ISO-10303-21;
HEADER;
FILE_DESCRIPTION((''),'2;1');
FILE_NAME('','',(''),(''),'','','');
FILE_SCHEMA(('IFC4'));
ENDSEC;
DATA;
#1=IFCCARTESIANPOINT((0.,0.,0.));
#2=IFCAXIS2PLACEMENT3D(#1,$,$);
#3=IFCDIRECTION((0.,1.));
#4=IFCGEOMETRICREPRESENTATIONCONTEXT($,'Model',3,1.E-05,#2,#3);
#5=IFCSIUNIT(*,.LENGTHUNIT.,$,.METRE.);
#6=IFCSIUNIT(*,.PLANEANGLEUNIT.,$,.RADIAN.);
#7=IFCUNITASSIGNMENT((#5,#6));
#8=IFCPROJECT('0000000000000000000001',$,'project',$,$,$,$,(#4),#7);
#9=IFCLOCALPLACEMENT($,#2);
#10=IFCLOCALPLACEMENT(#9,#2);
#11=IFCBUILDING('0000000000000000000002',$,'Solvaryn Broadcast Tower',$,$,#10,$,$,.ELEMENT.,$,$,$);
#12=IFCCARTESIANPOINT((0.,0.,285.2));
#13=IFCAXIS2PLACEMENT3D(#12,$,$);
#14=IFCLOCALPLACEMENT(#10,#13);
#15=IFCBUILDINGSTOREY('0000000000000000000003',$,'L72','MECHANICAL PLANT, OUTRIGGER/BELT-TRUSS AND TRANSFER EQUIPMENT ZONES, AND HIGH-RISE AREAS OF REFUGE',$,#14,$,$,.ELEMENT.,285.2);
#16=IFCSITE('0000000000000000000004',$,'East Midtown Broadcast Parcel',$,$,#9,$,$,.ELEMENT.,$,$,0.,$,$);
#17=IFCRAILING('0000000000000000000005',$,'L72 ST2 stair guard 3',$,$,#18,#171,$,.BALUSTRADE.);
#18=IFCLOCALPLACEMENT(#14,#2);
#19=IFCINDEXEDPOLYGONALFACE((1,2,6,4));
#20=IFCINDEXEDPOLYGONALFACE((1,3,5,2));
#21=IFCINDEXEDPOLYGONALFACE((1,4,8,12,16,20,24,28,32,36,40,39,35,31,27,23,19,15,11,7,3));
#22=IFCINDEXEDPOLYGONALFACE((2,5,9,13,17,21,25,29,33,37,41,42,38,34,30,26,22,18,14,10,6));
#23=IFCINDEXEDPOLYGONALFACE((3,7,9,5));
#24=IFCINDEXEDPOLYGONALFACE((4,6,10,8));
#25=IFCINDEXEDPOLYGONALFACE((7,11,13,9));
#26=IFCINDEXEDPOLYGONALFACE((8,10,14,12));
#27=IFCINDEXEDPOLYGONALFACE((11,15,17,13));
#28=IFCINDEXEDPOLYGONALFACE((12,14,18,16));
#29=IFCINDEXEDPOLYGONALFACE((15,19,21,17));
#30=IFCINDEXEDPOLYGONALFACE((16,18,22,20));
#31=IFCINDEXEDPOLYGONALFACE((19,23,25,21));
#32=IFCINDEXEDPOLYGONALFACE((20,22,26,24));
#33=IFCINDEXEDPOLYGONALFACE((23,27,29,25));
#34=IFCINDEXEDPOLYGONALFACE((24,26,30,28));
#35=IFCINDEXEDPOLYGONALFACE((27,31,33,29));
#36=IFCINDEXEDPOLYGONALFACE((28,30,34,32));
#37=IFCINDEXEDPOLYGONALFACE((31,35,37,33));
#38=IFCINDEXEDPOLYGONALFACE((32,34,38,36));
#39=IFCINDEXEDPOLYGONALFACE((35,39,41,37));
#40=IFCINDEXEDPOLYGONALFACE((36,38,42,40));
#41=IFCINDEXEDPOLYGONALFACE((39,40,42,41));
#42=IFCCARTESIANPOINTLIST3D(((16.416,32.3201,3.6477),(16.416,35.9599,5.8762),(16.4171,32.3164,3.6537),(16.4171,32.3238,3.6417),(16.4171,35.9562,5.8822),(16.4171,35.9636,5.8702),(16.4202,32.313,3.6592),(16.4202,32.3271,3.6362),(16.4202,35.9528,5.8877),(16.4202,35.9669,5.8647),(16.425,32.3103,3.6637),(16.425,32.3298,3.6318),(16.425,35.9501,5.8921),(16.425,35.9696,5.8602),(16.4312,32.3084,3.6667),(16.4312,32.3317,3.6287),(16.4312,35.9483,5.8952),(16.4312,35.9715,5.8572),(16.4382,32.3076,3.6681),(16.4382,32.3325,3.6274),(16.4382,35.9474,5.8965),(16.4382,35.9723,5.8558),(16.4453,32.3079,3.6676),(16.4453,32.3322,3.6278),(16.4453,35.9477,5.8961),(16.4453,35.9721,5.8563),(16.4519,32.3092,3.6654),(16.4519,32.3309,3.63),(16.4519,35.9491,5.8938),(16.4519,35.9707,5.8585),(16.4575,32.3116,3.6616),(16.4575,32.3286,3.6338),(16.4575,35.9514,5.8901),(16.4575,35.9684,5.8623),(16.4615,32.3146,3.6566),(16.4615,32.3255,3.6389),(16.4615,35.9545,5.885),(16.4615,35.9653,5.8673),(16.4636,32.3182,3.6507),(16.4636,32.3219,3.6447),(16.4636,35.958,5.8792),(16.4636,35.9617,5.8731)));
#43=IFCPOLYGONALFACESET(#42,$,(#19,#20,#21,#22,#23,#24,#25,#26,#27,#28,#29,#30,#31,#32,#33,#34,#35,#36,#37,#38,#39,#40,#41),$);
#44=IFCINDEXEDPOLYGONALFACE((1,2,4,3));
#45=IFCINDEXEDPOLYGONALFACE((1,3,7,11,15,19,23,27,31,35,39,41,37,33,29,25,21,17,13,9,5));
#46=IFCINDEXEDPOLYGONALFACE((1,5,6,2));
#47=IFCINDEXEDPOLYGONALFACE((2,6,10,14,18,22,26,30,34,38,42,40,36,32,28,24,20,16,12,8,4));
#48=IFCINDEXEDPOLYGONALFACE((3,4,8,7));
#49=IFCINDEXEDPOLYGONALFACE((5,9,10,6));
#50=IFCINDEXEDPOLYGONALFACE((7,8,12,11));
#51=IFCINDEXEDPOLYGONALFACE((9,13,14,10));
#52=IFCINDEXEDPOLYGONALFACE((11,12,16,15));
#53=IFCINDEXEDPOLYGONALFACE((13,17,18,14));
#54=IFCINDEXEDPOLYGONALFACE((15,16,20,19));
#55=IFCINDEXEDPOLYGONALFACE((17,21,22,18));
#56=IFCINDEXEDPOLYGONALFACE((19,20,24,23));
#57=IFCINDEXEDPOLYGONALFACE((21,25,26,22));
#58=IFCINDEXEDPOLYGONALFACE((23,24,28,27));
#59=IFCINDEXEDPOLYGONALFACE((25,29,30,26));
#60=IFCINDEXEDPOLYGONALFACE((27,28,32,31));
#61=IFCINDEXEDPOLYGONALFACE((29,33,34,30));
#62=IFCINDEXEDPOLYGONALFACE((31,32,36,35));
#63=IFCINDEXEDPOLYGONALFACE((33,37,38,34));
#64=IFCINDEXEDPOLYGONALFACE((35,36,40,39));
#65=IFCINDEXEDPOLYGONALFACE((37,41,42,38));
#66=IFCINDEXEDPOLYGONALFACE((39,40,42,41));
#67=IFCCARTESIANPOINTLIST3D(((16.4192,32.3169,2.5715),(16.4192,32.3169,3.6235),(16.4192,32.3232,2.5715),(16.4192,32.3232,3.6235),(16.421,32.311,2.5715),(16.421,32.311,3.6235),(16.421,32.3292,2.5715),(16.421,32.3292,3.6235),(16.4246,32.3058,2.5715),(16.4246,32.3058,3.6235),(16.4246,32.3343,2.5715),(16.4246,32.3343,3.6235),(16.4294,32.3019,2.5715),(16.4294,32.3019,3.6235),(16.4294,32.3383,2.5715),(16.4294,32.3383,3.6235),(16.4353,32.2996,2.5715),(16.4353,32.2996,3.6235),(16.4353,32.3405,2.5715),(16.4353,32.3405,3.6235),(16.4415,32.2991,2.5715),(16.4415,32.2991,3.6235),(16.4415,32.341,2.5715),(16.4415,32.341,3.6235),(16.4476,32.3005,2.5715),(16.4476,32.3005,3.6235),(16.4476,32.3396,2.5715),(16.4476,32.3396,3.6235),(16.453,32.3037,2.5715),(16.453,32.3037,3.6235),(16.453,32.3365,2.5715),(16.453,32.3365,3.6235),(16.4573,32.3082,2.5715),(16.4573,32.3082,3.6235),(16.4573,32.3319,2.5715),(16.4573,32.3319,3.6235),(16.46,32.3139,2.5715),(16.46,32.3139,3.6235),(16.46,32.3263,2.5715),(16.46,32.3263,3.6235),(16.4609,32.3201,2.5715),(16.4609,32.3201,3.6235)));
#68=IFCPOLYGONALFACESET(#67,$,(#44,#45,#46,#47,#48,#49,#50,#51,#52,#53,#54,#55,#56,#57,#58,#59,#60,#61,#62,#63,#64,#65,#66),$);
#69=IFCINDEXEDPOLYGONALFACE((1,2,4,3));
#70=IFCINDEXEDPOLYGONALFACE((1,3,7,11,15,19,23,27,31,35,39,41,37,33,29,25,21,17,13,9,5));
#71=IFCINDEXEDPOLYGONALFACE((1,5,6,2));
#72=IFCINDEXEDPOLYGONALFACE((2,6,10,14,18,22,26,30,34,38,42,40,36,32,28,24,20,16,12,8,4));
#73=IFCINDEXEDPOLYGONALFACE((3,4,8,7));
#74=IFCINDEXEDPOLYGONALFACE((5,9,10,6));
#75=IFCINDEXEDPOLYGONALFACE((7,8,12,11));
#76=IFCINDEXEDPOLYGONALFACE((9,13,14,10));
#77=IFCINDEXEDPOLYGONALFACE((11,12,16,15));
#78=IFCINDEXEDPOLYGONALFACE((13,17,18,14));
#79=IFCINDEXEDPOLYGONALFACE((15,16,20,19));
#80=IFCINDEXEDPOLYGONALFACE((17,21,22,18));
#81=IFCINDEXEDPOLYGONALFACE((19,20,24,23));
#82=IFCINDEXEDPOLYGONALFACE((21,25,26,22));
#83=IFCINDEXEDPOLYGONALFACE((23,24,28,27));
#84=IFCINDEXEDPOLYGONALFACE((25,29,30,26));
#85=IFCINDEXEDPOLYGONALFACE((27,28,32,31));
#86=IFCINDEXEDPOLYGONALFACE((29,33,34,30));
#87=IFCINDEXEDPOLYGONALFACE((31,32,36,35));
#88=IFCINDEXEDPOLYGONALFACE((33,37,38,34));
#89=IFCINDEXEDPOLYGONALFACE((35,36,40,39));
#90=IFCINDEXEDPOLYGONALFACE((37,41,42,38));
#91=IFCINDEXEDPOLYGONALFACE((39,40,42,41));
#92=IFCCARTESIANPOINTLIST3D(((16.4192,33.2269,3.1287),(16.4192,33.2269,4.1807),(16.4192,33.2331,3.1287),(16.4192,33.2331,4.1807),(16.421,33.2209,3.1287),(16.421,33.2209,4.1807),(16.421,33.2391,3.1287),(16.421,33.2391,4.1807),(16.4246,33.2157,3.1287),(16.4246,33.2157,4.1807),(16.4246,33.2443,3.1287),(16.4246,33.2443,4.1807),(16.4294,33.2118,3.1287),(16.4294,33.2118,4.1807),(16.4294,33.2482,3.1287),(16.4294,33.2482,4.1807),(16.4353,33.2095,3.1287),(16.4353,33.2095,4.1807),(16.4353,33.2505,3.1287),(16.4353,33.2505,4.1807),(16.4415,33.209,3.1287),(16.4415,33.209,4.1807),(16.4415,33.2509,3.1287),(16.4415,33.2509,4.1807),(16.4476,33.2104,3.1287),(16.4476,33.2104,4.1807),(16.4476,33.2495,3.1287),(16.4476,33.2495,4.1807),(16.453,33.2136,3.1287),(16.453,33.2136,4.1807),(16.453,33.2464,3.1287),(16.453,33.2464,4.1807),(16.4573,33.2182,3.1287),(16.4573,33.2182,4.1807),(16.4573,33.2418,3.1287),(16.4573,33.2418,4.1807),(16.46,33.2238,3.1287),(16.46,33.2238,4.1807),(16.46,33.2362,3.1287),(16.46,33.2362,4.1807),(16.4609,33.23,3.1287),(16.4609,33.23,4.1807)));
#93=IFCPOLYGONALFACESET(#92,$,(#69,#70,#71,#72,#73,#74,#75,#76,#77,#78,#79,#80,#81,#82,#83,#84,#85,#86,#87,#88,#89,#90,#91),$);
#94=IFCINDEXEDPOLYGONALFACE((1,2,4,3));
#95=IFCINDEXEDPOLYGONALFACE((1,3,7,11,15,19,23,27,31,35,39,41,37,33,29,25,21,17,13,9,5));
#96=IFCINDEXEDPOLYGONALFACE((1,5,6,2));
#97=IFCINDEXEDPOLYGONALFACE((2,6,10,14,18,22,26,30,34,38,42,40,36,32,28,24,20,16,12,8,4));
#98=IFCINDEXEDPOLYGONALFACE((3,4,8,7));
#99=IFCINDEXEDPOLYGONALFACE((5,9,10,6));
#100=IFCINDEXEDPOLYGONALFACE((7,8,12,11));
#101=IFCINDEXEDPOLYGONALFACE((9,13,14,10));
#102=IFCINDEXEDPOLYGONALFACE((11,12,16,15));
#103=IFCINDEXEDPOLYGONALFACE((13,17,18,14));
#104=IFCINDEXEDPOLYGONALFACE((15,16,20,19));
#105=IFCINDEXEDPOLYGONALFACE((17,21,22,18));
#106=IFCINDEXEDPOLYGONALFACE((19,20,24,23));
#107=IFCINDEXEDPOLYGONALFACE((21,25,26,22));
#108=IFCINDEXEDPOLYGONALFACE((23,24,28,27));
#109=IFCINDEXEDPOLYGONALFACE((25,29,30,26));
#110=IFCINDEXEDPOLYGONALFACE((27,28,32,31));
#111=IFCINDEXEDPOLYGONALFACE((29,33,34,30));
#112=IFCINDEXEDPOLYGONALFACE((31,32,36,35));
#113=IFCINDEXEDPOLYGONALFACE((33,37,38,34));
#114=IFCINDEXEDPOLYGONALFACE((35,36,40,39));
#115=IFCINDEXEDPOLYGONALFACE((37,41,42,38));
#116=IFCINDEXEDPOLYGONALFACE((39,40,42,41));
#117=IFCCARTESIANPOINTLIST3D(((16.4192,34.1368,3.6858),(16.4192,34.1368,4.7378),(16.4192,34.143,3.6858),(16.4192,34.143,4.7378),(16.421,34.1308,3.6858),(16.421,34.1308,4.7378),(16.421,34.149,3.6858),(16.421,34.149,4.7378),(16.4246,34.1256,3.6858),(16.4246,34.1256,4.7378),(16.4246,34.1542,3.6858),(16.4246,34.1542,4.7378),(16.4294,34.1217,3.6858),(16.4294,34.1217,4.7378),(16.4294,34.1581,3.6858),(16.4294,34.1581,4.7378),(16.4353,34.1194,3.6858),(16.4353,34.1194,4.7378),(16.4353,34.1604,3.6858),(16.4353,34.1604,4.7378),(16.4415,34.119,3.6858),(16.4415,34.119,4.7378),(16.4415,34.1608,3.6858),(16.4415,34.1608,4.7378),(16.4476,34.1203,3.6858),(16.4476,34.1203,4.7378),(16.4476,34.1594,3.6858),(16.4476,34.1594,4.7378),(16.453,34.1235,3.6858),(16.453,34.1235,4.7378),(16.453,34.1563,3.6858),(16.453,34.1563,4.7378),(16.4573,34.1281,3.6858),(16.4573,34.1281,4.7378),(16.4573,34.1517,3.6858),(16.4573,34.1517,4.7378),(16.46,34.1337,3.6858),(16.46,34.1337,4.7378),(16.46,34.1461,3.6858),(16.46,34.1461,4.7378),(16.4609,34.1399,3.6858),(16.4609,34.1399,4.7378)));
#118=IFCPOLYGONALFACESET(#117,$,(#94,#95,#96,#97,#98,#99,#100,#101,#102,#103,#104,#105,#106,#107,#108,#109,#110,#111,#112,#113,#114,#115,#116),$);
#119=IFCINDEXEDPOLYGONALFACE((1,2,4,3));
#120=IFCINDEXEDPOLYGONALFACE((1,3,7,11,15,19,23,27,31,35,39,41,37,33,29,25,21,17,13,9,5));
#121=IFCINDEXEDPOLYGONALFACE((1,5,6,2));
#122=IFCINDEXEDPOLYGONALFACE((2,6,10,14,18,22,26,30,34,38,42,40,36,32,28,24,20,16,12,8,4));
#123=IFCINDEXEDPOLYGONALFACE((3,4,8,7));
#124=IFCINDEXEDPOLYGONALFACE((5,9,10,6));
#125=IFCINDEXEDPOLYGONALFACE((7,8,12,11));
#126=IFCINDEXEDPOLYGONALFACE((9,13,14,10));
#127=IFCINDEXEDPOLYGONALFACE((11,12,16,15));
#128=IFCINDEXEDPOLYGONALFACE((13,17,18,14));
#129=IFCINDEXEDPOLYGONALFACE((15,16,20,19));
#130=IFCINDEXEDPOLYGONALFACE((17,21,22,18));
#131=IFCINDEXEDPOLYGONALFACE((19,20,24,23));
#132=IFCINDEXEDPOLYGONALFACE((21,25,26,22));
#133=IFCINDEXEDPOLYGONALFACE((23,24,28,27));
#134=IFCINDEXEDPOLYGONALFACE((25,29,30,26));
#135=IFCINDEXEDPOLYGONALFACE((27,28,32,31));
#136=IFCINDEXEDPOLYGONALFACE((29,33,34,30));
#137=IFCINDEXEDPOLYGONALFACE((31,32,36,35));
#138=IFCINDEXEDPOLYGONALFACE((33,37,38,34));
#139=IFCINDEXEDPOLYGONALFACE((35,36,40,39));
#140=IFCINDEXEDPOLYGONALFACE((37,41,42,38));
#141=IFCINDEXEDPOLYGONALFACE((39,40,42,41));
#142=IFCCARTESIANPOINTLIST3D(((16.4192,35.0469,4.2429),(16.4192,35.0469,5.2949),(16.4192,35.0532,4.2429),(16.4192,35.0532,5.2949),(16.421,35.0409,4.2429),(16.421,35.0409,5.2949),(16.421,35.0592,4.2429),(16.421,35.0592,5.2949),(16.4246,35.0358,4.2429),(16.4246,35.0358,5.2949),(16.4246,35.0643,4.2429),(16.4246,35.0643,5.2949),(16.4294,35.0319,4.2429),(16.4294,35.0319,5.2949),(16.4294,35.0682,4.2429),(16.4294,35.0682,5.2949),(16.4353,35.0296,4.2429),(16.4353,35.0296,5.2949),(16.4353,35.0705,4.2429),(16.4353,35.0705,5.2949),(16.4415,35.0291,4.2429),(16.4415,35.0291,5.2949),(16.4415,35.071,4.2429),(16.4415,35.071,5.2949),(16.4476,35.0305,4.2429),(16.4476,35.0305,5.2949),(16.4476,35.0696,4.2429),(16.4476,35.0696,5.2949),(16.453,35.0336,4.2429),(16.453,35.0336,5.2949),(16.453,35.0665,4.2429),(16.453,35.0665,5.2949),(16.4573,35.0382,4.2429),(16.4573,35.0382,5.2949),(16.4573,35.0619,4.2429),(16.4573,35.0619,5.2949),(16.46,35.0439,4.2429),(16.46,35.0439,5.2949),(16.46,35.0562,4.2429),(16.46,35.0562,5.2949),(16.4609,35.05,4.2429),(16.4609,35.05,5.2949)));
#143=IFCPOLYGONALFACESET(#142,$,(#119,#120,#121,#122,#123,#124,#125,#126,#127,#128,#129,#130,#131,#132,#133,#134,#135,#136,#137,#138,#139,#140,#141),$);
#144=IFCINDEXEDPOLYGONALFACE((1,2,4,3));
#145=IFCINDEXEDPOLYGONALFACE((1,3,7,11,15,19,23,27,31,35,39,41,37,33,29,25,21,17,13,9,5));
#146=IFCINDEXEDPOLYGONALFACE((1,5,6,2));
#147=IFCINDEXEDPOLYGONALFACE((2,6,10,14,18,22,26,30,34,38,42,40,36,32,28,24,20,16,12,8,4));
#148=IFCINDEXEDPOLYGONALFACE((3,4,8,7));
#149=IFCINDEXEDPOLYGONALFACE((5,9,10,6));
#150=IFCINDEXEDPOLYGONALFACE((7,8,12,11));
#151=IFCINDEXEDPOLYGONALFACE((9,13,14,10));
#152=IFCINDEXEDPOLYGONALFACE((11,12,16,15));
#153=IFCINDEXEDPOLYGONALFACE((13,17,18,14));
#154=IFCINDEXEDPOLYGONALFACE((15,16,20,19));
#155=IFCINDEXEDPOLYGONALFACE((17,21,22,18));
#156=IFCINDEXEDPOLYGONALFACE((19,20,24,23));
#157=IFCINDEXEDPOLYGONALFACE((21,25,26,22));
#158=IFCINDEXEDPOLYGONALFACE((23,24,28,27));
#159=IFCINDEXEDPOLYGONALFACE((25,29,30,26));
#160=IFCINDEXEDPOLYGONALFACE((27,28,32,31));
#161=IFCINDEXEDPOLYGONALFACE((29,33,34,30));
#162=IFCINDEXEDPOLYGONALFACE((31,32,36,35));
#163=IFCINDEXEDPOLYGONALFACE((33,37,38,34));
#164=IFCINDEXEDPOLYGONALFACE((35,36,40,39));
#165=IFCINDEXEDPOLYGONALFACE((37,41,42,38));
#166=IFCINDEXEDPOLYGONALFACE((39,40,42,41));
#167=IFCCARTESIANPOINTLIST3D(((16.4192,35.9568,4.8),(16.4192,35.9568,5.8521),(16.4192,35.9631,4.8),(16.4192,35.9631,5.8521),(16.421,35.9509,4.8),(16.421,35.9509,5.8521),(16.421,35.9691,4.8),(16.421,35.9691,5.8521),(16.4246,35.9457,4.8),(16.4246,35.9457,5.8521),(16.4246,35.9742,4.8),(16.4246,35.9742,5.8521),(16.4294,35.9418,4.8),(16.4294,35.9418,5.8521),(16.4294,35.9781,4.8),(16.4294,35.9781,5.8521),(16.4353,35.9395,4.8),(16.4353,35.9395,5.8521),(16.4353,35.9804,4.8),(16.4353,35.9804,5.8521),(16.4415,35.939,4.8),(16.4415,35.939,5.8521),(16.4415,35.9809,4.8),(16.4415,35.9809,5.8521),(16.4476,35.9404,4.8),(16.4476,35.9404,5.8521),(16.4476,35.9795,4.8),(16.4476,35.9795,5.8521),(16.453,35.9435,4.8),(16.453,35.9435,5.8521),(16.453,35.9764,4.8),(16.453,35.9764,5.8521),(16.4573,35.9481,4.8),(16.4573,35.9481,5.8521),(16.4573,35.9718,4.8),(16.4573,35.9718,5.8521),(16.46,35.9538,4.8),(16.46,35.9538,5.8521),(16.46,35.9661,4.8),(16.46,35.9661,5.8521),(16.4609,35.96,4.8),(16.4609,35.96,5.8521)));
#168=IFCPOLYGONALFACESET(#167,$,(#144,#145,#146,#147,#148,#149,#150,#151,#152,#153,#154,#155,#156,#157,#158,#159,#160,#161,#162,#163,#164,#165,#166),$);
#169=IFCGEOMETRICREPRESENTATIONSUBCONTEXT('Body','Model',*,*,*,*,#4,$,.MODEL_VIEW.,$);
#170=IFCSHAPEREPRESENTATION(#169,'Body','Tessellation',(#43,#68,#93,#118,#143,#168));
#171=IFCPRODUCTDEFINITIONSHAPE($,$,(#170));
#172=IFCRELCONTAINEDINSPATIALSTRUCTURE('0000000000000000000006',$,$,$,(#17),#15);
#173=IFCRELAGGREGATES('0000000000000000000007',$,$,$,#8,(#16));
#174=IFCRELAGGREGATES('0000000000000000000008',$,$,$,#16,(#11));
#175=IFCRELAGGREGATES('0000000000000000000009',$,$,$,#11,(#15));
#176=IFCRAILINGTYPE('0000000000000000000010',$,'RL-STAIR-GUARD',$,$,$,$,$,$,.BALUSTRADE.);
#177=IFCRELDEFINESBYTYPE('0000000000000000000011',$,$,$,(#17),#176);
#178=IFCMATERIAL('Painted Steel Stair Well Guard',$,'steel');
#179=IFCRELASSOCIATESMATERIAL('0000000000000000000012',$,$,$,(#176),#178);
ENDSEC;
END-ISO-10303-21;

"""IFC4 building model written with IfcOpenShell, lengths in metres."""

from ifc_helpers import new_model, si_unit, direction, frame, origin, origin_2d, place, context, subcontext, project, spatial, circle, extrude, material, type_object, element, save


model = new_model("IFC4")

# Units and contexts
model_context = context("Model", 3, precision=1e-05, world=origin(), true_north=direction((0.0, 1.0)))
body_context = subcontext(model_context, "Body", "Model", "MODEL_VIEW")
ifc_project = project(units=[si_unit("LENGTHUNIT", "METRE"), si_unit("PLANEANGLEUNIT", "RADIAN")], contexts=[model_context])

# Site, building, storey
site_placement = place(None, origin())
site = spatial("IfcSite", under=ifc_project, at=site_placement, Name="East Midtown Broadcast Parcel", CompositionType="ELEMENT", RefElevation=0.0)
building_placement = place(site_placement, origin())
building = spatial("IfcBuilding", under=site, at=building_placement, Name="Solvaryn Broadcast Tower", CompositionType="ELEMENT")
storey_placement = place(building_placement, frame((0.0, 0.0, 285.2)))
storey = spatial("IfcBuildingStorey", under=building, at=storey_placement, Name="L72", Description="MECHANICAL PLANT, OUTRIGGER/BELT-TRUSS AND TRANSFER EQUIPMENT ZONES, AND HIGH-RISE AREAS OF REFUGE", CompositionType="ELEMENT", Elevation=285.2)

# Railing
ifc_material_1 = material(Name="Painted Steel Stair Well Guard", Category="steel")
railing_type_1 = type_object("IfcRailingType", Name="RL-STAIR-GUARD", PredefinedType="BALUSTRADE", material=ifc_material_1)
railing_1_placement = place(storey_placement, frame((16.4399, 32.3201, 2.5715)))
element("IfcRailing", 1, at=railing_1_placement, inside=storey, type_object=railing_type_1, Name="L72 ST2 stair guard 3", PredefinedType="BALUSTRADE", context=body_context, shape_type="SweptSolid", body=[
    extrude(circle(Radius=0.0239, at=origin_2d()), frame((0.0, 0.0, 1.0762), z_axis=(0.0, 0.85285, 0.522156), x_axis=(-1.0, 0.0, 0.0)), (0.0, 0.0, 1.0), 4.2678),
    extrude(circle(Radius=0.021, at=origin_2d()), origin(), (0.0, 0.0, 1.0), 1.052),
    extrude(circle(Radius=0.021, at=origin_2d()), frame((0.0, 0.9099, 0.5571)), (0.0, 0.0, 1.0), 1.052),
    extrude(circle(Radius=0.021, at=origin_2d()), frame((0.0, 1.8198, 1.1143)), (0.0, 0.0, 1.0), 1.052),
    extrude(circle(Radius=0.021, at=origin_2d()), frame((0.0, 2.73, 1.6714)), (0.0, 0.0, 1.0), 1.052),
    extrude(circle(Radius=0.021, at=origin_2d()), frame((0.0, 3.6399, 2.2285)), (0.0, 0.0, 1.0), 1.052),
])

save(model, "model.ifc")
